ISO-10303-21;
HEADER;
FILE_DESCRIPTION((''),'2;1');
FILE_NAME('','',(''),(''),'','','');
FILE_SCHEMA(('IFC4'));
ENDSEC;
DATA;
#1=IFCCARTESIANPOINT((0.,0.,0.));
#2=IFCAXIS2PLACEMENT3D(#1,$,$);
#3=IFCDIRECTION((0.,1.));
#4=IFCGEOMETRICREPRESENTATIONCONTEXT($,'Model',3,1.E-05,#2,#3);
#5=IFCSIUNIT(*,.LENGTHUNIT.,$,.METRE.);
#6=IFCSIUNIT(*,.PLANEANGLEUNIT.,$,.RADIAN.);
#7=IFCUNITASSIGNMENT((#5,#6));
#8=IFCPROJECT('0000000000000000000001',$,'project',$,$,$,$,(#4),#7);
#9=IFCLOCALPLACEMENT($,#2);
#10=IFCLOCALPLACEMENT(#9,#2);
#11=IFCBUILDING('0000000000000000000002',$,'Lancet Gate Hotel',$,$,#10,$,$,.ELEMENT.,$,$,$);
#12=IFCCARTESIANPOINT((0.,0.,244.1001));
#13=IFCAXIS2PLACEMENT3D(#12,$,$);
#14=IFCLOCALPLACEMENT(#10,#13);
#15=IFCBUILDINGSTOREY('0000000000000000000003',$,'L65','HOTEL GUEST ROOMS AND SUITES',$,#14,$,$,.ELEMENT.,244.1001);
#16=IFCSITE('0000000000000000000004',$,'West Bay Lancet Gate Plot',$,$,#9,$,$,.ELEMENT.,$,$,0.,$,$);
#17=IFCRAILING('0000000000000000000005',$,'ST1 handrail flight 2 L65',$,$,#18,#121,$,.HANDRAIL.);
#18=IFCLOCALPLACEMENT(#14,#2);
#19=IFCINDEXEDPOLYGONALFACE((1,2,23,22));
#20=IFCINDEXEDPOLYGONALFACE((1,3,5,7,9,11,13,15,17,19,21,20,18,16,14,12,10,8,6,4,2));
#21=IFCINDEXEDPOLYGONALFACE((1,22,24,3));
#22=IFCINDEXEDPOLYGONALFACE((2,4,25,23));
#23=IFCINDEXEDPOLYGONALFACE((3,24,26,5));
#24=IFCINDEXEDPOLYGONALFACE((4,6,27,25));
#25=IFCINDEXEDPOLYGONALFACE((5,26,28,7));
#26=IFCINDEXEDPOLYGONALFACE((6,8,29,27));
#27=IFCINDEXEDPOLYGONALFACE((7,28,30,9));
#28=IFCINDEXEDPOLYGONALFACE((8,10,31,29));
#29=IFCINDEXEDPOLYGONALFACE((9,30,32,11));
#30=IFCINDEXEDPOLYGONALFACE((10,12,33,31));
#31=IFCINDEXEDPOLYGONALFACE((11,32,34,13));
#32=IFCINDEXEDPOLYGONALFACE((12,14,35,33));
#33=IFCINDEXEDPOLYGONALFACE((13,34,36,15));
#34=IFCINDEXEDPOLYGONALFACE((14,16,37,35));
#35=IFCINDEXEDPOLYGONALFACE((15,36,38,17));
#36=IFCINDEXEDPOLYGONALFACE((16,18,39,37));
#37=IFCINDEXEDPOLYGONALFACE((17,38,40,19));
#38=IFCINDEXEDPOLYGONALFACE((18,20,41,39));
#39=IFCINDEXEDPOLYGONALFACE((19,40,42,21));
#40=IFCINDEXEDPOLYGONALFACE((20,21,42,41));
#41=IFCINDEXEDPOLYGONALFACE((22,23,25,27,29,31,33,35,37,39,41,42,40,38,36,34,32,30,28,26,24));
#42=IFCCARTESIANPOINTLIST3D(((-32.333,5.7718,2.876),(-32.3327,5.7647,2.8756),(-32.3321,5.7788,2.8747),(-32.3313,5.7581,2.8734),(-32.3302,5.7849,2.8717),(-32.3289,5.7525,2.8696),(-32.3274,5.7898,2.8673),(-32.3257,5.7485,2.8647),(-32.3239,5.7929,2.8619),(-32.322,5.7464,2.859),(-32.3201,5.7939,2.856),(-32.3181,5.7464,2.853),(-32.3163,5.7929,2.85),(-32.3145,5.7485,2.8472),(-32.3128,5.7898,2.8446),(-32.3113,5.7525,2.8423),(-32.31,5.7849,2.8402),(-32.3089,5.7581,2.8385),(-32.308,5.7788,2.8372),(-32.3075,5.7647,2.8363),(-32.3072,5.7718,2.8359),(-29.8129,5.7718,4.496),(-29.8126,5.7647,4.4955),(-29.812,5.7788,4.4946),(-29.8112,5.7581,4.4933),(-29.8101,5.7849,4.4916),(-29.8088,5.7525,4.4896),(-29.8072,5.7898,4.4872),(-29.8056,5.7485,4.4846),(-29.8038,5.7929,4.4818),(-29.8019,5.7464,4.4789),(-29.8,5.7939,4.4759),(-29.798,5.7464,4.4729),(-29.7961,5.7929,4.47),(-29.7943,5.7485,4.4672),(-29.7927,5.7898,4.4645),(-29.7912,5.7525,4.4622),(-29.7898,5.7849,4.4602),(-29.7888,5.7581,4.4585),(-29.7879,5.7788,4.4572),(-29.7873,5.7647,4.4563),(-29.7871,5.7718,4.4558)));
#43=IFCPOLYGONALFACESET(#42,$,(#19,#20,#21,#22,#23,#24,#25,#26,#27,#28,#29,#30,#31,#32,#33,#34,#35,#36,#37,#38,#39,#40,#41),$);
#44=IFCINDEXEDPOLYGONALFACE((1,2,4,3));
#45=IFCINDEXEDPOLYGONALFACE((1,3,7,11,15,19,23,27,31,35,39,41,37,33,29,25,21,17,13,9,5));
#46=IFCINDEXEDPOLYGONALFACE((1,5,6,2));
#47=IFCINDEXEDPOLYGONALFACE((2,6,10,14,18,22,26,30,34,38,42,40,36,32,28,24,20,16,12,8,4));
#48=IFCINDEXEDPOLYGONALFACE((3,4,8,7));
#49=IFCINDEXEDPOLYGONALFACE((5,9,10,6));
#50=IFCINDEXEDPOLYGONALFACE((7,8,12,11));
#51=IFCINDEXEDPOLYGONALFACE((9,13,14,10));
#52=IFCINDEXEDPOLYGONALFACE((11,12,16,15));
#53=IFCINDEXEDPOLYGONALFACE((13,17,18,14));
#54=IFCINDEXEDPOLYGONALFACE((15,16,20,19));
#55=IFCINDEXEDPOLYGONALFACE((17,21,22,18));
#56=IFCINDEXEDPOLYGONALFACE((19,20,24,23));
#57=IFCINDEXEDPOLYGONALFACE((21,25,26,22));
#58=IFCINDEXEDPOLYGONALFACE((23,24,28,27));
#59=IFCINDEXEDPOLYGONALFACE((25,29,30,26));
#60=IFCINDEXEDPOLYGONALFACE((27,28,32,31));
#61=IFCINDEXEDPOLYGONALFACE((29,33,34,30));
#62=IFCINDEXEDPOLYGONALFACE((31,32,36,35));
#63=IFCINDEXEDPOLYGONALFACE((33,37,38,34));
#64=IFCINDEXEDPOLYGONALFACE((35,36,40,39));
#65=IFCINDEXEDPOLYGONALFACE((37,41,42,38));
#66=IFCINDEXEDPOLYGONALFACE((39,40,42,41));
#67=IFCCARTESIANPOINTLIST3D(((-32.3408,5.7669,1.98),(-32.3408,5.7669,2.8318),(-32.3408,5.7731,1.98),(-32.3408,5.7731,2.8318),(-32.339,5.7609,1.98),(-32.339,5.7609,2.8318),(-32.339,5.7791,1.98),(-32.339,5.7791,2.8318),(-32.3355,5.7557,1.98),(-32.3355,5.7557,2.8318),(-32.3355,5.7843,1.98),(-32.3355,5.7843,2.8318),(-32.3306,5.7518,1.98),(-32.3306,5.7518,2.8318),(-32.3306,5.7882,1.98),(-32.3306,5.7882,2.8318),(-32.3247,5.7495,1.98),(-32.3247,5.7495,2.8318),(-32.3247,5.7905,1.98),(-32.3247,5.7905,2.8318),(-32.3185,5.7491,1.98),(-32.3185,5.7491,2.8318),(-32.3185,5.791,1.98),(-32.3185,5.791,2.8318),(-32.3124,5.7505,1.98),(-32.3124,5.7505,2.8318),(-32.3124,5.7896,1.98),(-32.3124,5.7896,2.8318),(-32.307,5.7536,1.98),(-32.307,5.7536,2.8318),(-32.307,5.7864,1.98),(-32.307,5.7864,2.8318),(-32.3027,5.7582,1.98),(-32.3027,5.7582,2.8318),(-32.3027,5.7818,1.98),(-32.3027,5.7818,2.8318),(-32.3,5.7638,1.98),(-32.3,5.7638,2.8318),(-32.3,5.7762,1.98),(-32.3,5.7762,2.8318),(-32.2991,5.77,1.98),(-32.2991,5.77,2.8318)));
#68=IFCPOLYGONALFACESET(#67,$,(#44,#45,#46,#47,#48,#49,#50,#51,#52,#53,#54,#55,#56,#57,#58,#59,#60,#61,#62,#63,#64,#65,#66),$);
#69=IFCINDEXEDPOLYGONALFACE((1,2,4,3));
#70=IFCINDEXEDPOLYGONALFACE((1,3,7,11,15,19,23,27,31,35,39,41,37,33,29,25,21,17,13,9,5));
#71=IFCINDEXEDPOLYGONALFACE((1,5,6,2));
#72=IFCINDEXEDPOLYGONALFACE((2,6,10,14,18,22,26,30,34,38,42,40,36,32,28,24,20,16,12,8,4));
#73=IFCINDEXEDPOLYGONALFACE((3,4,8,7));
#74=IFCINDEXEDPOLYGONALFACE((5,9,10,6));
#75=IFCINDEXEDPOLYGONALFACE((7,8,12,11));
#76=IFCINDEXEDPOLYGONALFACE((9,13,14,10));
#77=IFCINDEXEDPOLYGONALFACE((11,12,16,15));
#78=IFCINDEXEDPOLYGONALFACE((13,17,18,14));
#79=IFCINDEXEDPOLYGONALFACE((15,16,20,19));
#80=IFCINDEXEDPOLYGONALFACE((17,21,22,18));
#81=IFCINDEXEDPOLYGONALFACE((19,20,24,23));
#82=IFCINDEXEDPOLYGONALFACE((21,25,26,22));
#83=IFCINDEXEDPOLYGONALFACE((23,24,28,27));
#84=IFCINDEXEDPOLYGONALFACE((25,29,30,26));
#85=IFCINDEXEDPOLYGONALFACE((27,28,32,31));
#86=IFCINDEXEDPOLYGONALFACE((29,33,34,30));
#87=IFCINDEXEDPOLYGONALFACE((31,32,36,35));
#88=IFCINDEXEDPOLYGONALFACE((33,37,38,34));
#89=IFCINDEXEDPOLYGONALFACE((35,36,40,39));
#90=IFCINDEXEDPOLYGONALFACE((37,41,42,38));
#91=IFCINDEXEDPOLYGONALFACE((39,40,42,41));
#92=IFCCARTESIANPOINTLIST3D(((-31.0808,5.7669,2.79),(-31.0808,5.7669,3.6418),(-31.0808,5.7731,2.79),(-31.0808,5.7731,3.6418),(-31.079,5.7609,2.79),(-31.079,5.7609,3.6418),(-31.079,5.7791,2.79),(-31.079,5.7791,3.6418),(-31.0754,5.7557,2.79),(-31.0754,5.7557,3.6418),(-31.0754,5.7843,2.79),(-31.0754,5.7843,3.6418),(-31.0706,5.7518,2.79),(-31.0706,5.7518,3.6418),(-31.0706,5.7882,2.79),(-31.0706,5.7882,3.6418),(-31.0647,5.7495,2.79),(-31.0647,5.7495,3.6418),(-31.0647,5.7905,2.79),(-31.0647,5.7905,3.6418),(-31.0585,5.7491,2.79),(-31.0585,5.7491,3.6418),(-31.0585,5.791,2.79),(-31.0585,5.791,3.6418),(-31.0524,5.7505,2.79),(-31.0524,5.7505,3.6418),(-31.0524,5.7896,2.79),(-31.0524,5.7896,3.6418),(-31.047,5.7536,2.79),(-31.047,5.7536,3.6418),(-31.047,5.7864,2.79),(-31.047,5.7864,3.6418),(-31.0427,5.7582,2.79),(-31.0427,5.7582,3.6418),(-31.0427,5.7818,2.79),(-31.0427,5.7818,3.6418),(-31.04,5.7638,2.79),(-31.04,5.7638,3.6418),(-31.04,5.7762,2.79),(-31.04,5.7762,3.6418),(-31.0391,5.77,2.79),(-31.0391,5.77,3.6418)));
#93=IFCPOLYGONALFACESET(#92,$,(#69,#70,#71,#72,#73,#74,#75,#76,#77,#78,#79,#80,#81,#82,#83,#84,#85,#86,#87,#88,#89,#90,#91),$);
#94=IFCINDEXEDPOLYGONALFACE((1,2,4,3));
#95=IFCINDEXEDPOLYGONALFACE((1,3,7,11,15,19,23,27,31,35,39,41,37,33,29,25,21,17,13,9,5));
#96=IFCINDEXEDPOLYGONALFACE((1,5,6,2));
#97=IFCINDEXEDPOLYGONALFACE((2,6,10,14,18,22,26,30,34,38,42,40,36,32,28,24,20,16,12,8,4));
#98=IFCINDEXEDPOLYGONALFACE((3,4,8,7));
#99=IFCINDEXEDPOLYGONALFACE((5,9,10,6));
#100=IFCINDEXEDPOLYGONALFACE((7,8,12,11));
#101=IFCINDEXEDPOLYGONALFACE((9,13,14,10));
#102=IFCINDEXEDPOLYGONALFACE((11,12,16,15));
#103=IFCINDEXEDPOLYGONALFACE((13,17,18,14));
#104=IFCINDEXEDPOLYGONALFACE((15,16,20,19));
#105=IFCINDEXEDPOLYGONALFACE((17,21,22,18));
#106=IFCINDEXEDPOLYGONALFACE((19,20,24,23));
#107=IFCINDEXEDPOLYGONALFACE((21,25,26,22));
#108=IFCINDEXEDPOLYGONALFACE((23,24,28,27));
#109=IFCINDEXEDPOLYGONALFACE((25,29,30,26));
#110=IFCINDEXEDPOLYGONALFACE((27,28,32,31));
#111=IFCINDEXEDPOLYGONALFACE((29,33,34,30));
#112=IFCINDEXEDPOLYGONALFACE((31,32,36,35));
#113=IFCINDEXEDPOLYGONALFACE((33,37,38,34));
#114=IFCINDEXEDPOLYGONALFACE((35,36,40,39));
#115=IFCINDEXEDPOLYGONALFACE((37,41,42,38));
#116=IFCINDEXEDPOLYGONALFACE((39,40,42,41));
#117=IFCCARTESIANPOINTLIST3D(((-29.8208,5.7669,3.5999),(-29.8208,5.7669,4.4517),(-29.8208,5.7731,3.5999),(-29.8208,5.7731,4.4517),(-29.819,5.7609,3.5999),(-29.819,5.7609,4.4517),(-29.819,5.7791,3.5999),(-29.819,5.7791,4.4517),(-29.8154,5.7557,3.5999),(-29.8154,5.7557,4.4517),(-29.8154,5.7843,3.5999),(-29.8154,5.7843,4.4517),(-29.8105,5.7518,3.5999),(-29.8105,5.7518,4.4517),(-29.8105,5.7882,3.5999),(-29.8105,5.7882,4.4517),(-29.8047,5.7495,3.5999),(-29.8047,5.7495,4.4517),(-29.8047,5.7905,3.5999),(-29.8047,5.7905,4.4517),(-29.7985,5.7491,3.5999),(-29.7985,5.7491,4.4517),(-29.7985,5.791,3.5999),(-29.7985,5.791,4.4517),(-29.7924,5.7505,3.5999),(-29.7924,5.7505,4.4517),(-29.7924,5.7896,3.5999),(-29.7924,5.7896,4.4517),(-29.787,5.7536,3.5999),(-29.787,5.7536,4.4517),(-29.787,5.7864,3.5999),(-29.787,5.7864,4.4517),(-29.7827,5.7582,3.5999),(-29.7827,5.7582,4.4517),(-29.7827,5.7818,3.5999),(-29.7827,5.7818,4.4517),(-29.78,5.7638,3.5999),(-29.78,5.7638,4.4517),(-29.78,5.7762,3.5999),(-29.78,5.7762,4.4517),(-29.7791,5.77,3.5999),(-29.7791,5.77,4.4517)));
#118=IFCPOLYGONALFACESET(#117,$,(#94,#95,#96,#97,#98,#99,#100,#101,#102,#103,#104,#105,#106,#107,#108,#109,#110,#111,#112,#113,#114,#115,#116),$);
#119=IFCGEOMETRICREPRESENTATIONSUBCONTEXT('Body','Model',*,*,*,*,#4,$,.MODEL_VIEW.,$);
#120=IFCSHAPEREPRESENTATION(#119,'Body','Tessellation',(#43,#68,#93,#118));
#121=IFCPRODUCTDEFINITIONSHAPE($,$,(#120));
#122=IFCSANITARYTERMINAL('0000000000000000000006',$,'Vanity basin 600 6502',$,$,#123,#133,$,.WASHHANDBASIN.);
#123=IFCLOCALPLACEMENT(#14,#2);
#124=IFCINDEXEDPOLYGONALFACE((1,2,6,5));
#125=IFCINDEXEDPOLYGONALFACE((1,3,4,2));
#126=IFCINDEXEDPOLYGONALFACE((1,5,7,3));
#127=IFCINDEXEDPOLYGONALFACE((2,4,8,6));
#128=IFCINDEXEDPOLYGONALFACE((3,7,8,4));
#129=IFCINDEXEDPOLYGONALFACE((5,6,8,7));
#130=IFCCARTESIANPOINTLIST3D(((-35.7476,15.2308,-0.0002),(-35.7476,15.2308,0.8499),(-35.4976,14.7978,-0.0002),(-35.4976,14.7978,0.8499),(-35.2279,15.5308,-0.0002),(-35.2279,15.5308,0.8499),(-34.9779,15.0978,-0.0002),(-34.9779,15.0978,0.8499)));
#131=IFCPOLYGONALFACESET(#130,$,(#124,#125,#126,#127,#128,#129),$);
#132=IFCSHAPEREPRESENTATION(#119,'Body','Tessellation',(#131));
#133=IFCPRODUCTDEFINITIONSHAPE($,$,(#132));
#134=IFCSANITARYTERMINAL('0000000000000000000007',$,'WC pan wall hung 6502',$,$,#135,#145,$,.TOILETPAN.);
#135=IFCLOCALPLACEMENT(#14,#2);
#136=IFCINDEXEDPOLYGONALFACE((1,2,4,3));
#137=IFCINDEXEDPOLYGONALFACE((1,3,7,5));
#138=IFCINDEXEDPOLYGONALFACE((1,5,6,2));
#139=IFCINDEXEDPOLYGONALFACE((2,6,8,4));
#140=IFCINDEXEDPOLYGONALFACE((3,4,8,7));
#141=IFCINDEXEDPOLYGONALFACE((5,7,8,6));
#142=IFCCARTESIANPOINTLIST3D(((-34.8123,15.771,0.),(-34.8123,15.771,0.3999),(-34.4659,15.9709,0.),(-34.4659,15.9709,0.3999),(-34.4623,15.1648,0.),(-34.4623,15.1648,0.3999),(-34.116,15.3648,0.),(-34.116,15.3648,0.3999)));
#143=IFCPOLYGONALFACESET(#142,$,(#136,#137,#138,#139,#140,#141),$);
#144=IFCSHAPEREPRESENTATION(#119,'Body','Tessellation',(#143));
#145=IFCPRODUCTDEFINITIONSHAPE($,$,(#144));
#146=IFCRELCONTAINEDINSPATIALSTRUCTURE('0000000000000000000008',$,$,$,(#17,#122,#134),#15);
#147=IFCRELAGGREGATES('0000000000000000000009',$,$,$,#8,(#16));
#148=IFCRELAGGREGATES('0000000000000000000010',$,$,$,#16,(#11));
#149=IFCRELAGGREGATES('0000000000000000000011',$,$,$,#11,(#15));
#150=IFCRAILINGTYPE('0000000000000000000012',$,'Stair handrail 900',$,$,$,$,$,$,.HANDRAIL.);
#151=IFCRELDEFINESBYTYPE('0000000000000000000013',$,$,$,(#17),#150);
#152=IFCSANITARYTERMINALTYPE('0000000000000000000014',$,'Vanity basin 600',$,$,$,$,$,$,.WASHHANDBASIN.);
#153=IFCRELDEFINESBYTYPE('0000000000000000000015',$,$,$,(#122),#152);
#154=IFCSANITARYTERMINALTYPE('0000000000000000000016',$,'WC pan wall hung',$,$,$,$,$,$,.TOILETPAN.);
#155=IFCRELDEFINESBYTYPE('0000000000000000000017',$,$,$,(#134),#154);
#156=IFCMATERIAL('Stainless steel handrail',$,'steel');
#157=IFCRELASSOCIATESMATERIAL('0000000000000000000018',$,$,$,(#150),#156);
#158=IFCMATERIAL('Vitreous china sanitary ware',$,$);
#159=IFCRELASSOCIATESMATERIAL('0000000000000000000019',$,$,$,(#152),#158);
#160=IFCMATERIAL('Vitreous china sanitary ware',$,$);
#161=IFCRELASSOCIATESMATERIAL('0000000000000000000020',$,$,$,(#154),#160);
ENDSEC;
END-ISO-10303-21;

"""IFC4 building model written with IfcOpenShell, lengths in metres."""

from ifc_helpers import new_model, si_unit, direction, frame, origin, origin_2d, place, context, subcontext, project, spatial, rectangle, circle, extrude, material, type_object, element, save


model = new_model("IFC4")

# Units and contexts
model_context = context("Model", 3, precision=1e-05, world=origin(), true_north=direction((0.0, 1.0)))
body_context = subcontext(model_context, "Body", "Model", "MODEL_VIEW")
ifc_project = project(units=[si_unit("LENGTHUNIT", "METRE"), si_unit("PLANEANGLEUNIT", "RADIAN")], contexts=[model_context])

# Site, building, storey
site_placement = place(None, origin())
site = spatial("IfcSite", under=ifc_project, at=site_placement, Name="West Bay Lancet Gate Plot", CompositionType="ELEMENT", RefElevation=0.0)
building_placement = place(site_placement, origin())
building = spatial("IfcBuilding", under=site, at=building_placement, Name="Lancet Gate Hotel", CompositionType="ELEMENT")
storey_placement = place(building_placement, frame((0.0, 0.0, 244.1001)))
storey = spatial("IfcBuildingStorey", under=building, at=storey_placement, Name="L65", Description="HOTEL GUEST ROOMS AND SUITES", CompositionType="ELEMENT", Elevation=244.1001)

# Railing
ifc_material_1 = material(Name="Stainless steel handrail", Category="steel")
railing_type = type_object("IfcRailingType", Name="Stair handrail 900", PredefinedType="HANDRAIL", material=ifc_material_1)
railing_1_placement = place(storey_placement, frame((-32.3201, 5.77, 1.98)))
element("IfcRailing", 1, at=railing_1_placement, inside=storey, type_object=railing_type, Name="ST1 handrail flight 2 L65", PredefinedType="HANDRAIL", context=body_context, shape_type="SweptSolid", body=[
    extrude(circle(Radius=0.0239, at=origin_2d()), frame((0.0, 0.0, 0.876), z_axis=(0.8412, 0.0, 0.540725), x_axis=(0.0, 1.0, 0.0)), (0.0, 0.0, 1.0), 2.9958),
    extrude(circle(Radius=0.021, at=origin_2d()), origin(), (0.0, 0.0, 1.0), 0.8518),
    extrude(circle(Radius=0.021, at=origin_2d()), frame((1.26, 0.0, 0.8101)), (0.0, 0.0, 1.0), 0.8518),
    extrude(circle(Radius=0.021, at=origin_2d()), frame((2.52, 0.0, 1.6199)), (0.0, 0.0, 1.0), 0.8518),
])

# Sanitary terminals
ifc_material_2 = material(Name="Vitreous china sanitary ware")
sanitary_terminal_type_1 = type_object("IfcSanitaryTerminalType", Name="Vanity basin 600", PredefinedType="WASHHANDBASIN", material=ifc_material_2)
sanitary_terminal_1_placement = place(storey_placement, frame((-35.3628, 15.1643, -0.0002), z_axis=(0.0, 0.0, 1.0), x_axis=(0.866025, 0.5, 0.0)))
element("IfcSanitaryTerminal", 2, at=sanitary_terminal_1_placement, inside=storey, type_object=sanitary_terminal_type_1, Name="Vanity basin 600 6502", PredefinedType="WASHHANDBASIN", context=body_context, shape_type="SweptSolid", body=[
    extrude(rectangle(XDim=0.6001, YDim=0.5, at=origin_2d()), origin(), (0.0, 0.0, 1.0), 0.8501),
])
ifc_material_3 = material(Name="Vitreous china sanitary ware")
sanitary_terminal_type_2 = type_object("IfcSanitaryTerminalType", Name="WC pan wall hung", PredefinedType="TOILETPAN", material=ifc_material_3)
sanitary_terminal_2_placement = place(storey_placement, frame((-34.4641, 15.5679, 0.0), z_axis=(0.0, 0.0, 1.0), x_axis=(0.866025, 0.5, 0.0)))
element("IfcSanitaryTerminal", 3, at=sanitary_terminal_2_placement, inside=storey, type_object=sanitary_terminal_type_2, Name="WC pan wall hung 6502", PredefinedType="TOILETPAN", context=body_context, shape_type="SweptSolid", body=[
    extrude(rectangle(XDim=0.3999, YDim=0.7, at=origin_2d()), origin(), (0.0, 0.0, 1.0), 0.3999),
])

save(model, "model.ifc")
